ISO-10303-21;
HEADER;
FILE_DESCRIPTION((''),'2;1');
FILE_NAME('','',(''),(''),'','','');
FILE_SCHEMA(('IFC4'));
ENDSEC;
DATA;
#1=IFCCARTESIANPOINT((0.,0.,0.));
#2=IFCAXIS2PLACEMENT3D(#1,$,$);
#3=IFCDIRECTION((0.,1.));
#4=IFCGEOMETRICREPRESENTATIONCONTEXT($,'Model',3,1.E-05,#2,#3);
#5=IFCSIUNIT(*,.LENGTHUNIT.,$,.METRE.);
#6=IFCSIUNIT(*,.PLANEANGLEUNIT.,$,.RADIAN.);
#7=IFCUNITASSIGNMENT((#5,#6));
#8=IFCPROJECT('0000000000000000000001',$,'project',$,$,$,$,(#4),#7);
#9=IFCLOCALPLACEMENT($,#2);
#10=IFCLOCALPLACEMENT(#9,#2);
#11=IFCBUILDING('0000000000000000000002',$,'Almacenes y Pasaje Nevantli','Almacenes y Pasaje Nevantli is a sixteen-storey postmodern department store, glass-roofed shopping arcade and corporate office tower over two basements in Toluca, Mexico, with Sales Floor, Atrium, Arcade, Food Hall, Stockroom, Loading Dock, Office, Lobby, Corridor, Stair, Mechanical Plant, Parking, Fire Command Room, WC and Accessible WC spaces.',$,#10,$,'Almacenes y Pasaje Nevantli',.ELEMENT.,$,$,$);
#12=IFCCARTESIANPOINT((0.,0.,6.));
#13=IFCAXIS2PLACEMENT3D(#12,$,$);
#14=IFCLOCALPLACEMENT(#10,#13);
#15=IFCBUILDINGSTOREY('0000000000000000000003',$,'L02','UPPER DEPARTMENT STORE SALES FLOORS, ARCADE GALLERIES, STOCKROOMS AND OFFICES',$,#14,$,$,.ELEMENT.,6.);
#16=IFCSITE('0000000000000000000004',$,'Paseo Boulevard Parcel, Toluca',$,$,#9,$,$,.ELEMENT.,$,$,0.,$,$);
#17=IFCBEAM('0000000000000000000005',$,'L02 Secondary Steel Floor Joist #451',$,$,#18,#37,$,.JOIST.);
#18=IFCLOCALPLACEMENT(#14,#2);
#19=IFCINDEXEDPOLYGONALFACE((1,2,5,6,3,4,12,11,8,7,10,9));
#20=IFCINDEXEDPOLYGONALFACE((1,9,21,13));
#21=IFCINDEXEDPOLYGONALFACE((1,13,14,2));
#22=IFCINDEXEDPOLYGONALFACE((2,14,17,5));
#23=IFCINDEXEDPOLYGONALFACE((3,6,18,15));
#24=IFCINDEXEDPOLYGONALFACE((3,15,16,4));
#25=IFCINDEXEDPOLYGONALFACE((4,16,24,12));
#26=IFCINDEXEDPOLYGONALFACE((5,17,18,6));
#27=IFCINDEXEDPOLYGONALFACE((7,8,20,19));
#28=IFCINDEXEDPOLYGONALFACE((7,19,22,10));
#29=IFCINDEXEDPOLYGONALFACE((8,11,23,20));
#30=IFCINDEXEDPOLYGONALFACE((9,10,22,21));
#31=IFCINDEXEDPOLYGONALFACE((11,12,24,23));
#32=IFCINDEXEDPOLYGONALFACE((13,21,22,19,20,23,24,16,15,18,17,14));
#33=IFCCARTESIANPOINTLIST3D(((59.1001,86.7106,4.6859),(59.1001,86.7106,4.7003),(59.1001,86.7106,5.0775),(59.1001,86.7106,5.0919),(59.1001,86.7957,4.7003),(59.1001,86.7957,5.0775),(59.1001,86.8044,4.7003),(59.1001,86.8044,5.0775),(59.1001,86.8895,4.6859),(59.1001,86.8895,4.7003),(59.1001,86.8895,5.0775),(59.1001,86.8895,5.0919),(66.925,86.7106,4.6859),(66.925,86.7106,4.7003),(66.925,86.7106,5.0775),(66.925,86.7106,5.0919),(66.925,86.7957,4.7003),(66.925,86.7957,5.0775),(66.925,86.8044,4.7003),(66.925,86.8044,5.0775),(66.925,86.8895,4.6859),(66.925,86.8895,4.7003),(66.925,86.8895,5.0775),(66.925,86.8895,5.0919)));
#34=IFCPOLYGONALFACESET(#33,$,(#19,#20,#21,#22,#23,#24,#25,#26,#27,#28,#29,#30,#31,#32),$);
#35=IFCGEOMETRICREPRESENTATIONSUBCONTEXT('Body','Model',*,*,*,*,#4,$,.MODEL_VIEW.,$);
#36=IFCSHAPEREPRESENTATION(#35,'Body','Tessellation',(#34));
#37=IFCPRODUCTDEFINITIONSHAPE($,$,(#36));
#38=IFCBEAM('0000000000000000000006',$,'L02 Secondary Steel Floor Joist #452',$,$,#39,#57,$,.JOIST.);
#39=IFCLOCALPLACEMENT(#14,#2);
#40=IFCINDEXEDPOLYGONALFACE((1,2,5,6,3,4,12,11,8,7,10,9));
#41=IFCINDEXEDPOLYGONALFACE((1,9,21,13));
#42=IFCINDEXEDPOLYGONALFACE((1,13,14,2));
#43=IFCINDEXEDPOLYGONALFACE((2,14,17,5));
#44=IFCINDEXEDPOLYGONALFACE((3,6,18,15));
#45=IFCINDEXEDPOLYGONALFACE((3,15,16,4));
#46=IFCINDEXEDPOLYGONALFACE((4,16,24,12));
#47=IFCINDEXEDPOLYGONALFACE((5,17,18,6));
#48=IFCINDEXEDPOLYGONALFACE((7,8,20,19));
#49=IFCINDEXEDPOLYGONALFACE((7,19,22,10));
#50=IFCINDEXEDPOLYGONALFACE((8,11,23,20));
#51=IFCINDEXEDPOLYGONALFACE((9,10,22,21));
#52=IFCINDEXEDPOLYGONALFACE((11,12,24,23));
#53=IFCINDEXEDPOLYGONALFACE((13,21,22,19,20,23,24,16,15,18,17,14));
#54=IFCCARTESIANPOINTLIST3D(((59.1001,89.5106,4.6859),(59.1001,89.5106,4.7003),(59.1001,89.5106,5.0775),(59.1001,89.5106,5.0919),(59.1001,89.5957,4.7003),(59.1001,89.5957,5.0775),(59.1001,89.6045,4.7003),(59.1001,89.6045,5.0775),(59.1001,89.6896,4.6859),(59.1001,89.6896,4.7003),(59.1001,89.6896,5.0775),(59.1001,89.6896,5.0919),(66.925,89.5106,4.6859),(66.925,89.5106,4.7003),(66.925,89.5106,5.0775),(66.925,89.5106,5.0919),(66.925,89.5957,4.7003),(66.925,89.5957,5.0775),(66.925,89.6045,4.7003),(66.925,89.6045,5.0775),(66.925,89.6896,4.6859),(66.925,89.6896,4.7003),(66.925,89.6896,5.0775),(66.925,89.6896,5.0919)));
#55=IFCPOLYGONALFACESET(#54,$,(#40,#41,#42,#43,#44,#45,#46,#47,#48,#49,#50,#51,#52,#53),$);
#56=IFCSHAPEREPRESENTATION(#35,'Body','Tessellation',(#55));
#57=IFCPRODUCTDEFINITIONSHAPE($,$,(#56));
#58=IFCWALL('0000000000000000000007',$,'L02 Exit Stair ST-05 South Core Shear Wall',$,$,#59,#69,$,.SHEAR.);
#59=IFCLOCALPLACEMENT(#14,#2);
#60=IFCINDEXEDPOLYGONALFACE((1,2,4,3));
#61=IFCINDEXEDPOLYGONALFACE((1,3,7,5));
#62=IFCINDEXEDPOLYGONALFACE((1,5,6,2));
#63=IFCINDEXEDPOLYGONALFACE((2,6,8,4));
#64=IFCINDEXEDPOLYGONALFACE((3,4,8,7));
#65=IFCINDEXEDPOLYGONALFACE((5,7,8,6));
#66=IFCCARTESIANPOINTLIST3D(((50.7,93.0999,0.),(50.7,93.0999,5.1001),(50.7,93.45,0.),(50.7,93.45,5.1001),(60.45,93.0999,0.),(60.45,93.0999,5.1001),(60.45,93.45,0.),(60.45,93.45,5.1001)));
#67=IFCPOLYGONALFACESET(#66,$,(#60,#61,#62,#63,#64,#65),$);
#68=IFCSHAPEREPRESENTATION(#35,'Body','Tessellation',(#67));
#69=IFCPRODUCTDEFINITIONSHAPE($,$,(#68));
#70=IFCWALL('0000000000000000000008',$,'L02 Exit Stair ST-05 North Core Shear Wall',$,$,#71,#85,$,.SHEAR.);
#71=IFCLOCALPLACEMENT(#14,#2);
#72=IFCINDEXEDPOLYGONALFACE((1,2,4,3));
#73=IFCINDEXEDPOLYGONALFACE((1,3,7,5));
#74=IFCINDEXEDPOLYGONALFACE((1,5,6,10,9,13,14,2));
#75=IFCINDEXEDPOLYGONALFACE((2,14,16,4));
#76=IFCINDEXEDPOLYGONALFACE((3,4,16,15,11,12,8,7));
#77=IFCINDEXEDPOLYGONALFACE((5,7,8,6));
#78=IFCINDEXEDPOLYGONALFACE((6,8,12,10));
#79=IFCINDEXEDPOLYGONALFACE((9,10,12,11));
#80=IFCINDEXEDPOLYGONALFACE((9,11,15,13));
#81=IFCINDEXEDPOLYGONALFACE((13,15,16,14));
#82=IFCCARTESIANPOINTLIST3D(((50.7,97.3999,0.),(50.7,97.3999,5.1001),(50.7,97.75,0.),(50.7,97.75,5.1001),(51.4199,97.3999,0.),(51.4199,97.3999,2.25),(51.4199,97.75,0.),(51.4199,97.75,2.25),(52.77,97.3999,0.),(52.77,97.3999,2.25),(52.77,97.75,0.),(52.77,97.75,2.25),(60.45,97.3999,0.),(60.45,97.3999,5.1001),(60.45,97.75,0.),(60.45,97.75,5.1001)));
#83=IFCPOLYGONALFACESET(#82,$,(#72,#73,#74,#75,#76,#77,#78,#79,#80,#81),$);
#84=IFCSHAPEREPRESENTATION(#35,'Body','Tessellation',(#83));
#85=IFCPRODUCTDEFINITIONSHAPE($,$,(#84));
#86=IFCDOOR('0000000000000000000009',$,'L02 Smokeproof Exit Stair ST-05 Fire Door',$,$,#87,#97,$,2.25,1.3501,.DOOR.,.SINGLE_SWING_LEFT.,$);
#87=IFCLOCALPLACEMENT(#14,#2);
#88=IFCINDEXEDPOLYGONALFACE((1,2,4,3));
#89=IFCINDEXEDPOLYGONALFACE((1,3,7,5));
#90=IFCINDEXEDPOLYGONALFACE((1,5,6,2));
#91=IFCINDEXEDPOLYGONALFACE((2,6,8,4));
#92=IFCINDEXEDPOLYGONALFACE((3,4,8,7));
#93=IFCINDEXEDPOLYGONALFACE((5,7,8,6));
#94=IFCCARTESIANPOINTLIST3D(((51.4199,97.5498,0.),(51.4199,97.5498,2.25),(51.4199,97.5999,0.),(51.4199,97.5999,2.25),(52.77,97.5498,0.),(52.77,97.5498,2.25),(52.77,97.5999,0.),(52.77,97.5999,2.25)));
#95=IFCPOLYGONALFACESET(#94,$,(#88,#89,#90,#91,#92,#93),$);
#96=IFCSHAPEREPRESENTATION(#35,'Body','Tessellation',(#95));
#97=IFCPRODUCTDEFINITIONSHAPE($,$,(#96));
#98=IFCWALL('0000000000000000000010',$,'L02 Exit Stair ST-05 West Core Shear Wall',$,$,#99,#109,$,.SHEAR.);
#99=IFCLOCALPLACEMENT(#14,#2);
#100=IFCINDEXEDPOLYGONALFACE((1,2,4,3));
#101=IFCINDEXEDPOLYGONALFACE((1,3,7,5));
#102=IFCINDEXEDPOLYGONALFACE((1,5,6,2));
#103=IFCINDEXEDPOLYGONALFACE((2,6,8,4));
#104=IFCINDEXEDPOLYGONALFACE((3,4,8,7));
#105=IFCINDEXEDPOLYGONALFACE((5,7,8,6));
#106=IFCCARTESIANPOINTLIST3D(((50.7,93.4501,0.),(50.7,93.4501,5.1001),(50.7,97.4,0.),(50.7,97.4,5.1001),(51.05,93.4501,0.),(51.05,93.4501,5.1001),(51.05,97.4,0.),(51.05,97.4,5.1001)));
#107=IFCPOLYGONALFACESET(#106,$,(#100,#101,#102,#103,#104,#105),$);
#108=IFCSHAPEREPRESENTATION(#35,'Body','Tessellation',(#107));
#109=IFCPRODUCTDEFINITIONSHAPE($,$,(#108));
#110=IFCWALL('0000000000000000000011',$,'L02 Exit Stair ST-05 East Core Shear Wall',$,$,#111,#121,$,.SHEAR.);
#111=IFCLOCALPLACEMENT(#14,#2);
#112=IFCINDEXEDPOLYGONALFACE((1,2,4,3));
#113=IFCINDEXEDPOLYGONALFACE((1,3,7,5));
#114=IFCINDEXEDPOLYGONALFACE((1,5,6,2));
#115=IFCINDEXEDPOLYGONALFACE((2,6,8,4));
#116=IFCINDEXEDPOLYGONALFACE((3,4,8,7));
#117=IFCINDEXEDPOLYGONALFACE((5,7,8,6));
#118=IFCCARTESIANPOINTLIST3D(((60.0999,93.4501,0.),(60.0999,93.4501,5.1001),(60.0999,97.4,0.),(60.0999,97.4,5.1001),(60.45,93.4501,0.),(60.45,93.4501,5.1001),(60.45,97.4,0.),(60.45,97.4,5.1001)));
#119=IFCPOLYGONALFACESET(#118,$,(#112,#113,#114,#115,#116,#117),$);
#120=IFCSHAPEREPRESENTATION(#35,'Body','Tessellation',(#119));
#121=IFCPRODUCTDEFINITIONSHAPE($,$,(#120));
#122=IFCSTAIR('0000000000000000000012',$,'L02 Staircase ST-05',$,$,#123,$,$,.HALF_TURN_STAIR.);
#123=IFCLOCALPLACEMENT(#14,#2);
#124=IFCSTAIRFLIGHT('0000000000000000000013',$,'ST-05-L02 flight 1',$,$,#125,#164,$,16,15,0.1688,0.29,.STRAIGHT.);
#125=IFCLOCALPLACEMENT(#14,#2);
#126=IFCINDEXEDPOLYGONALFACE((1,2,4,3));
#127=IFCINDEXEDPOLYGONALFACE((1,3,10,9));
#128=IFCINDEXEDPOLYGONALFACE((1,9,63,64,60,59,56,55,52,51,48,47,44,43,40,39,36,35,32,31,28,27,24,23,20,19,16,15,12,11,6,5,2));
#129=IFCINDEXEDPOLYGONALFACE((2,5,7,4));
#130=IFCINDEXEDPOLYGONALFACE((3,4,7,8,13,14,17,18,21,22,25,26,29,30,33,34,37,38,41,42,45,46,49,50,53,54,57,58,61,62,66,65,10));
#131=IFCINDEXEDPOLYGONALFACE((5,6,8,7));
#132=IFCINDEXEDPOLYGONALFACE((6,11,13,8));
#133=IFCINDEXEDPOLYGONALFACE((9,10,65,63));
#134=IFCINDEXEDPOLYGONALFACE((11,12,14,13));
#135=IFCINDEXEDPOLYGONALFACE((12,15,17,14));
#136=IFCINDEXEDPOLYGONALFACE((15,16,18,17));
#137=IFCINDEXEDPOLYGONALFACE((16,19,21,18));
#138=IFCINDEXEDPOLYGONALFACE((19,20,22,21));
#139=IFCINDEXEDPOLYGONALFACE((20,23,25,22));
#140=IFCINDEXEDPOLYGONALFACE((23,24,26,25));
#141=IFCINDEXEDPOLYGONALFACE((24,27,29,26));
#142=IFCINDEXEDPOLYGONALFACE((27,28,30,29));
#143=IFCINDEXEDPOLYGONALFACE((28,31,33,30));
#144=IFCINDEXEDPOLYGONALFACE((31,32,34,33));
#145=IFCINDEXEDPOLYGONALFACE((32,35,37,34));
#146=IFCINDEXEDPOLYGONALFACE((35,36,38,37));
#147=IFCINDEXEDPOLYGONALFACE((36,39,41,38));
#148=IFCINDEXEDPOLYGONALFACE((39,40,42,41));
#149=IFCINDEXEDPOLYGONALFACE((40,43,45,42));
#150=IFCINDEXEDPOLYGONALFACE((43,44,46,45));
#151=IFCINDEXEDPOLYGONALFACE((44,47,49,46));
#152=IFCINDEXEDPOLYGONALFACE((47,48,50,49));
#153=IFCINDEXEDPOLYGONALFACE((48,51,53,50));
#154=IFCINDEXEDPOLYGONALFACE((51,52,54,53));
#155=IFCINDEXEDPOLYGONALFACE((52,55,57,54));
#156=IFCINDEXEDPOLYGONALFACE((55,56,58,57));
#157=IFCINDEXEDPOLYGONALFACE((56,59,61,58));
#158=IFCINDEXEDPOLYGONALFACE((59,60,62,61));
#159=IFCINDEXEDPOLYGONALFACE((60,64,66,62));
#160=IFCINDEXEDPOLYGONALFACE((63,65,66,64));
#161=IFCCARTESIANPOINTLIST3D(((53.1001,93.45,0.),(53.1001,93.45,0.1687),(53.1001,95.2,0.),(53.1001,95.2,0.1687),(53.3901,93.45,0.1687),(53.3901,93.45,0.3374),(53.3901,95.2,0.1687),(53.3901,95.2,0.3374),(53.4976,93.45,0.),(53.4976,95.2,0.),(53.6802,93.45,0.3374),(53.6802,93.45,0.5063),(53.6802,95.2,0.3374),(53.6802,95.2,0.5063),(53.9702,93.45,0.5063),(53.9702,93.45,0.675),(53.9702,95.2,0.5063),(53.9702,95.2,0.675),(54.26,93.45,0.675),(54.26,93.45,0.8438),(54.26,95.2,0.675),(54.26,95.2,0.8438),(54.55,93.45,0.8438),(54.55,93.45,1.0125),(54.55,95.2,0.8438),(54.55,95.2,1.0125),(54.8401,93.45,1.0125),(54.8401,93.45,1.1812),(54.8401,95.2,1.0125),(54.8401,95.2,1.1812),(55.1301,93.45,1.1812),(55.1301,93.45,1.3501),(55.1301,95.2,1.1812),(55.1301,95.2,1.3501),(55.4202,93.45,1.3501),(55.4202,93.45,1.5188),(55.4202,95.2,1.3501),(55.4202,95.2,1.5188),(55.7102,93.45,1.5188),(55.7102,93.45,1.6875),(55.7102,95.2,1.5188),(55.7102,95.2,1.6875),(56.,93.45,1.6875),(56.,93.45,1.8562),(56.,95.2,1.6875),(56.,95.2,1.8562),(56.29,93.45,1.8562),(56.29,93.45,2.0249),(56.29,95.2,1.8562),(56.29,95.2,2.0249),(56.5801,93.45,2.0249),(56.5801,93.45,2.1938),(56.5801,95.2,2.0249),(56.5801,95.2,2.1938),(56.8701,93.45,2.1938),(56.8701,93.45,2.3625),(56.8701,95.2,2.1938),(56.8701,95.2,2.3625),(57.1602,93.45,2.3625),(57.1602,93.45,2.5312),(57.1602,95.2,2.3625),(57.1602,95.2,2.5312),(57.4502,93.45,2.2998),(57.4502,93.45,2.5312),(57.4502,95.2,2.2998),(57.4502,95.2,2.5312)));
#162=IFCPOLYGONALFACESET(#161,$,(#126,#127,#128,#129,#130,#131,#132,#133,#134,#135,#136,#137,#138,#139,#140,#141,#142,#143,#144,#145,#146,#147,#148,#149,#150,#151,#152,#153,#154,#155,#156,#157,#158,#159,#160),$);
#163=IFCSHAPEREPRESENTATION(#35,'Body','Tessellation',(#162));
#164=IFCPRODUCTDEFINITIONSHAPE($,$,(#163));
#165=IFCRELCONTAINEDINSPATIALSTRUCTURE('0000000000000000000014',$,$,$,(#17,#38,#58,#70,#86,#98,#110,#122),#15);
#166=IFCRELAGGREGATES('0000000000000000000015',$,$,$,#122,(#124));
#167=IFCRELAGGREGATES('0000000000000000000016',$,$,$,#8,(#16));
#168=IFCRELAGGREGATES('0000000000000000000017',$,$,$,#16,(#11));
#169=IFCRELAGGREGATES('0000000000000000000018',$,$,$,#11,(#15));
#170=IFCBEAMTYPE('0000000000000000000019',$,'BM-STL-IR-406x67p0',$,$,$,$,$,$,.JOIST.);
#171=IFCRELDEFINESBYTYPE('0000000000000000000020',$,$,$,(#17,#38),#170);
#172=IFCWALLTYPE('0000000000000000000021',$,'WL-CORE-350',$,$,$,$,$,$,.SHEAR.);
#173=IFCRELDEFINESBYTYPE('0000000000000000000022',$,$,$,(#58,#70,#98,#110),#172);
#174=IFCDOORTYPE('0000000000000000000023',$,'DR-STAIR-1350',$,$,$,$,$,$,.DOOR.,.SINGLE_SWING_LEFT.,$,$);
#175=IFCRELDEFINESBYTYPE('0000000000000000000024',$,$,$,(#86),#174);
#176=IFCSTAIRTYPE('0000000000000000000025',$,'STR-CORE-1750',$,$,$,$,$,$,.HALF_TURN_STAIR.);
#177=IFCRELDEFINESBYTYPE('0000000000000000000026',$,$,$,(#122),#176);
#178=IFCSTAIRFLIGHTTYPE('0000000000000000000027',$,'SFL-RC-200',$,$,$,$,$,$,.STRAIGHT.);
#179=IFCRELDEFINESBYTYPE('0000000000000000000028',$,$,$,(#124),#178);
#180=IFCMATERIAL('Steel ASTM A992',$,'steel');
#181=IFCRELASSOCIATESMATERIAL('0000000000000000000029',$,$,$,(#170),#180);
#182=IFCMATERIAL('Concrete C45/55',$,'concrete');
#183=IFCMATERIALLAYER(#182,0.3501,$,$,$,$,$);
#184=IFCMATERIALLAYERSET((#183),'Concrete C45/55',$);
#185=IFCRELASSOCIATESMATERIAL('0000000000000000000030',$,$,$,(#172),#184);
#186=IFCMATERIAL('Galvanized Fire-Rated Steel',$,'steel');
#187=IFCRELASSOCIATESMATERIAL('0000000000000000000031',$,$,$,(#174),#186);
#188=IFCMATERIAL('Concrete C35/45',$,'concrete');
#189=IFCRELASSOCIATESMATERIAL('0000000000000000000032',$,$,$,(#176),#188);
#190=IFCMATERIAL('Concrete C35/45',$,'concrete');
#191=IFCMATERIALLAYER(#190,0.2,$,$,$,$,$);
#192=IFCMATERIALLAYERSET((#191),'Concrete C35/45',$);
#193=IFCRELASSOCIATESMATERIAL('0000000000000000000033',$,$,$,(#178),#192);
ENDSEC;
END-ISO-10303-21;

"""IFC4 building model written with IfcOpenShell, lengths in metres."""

from ifc_helpers import new_model, si_unit, direction, frame, frame_2d, origin, origin_2d, place, context, subcontext, project, spatial, polyline, rectangle, i_section, outline, extrude, material, layer, layer_set, material_profile, profile_set, type_object, element, fill, aggregate, save


model = new_model("IFC4")

# Units and contexts
model_context = context("Model", 3, precision=1e-05, world=origin(), true_north=direction((0.0, 1.0)))
body_context = subcontext(model_context, "Body", "Model", "MODEL_VIEW")
ifc_project = project(units=[si_unit("LENGTHUNIT", "METRE"), si_unit("PLANEANGLEUNIT", "RADIAN")], contexts=[model_context])

# Site, building, storey
site_placement = place(None, origin())
site = spatial("IfcSite", under=ifc_project, at=site_placement, Name="Paseo Boulevard Parcel, Toluca", CompositionType="ELEMENT", RefElevation=0.0)
building_placement = place(site_placement, origin())
building = spatial("IfcBuilding", under=site, at=building_placement, Name="Almacenes y Pasaje Nevantli", Description="Almacenes y Pasaje Nevantli is a sixteen-storey postmodern department store, glass-roofed shopping arcade and corporate office tower over two basements in Toluca, Mexico, with Sales Floor, Atrium, Arcade, Food Hall, Stockroom, Loading Dock, Office, Lobby, Corridor, Stair, Mechanical Plant, Parking, Fire Command Room, WC and Accessible WC spaces.", LongName="Almacenes y Pasaje Nevantli", CompositionType="ELEMENT")
storey_placement = place(building_placement, frame((0.0, 0.0, 6.0)))
storey = spatial("IfcBuildingStorey", under=building, at=storey_placement, Name="L02", Description="UPPER DEPARTMENT STORE SALES FLOORS, ARCADE GALLERIES, STOCKROOMS AND OFFICES", CompositionType="ELEMENT", Elevation=6.0)

# Beams
ifc_material_1 = material(Name="Steel ASTM A992", Category="steel")
ifc_material_profile_1 = material_profile(ifc_material_1, i_section(OverallWidth=0.179, OverallDepth=0.406, WebThickness=0.0088, FlangeThickness=0.0144, at=origin_2d()), Name="IR 406x67.0")
ifc_profile_set_1 = profile_set([ifc_material_profile_1], Name="Steel ASTM A992")
beam_type_1 = type_object("IfcBeamType", Name="BM-STL-IR-406x67p0", PredefinedType="JOIST", material=ifc_profile_set_1)
for number, where, z_axis, x_axis, name in (
    (1, (59.1001, 86.8, 4.8889), (1.0, 0.0, 0.0), (0.0, 1.0, 0.0), "L02 Secondary Steel Floor Joist #451"),
    (2, (59.1001, 89.6001, 4.8889), (1.0, 0.0, 0.0), (0.0, 1.0, 0.0), "L02 Secondary Steel Floor Joist #452"),
):
    element("IfcBeam", number, at=place(storey_placement, frame(where, z_axis=z_axis, x_axis=x_axis)), inside=storey, type_object=beam_type_1, Name=name, PredefinedType="JOIST", context=body_context, shape_type="SweptSolid", body=[
        extrude(i_section(OverallWidth=0.179, OverallDepth=0.406, WebThickness=0.0088, FlangeThickness=0.0144, at=origin_2d()), origin(), (0.0, 0.0, 1.0), 7.825),
    ])

# Wall
ifc_material_2 = material(Name="Concrete C45/55", Category="concrete")
ifc_layer_1 = layer(ifc_material_2, 0.3501)
ifc_layer_set_1 = layer_set([ifc_layer_1], Name="Concrete C45/55")
wall_type = type_object("IfcWallType", Name="WL-CORE-350", PredefinedType="SHEAR", material=ifc_layer_set_1)
wall_1_placement = place(storey_placement, frame((50.7, 93.2749, 0.0), z_axis=(0.0, 0.0, 1.0), x_axis=(1.0, 0.0, 0.0)))
element("IfcWall", 3, at=wall_1_placement, inside=storey, type_object=wall_type, Name="L02 Exit Stair ST-05 South Core Shear Wall", PredefinedType="SHEAR", context=body_context, shape_type="SweptSolid", body=[
    extrude(rectangle(XDim=9.75, YDim=0.3501, at=frame_2d((4.875, 0.0))), origin(), (0.0, 0.0, 1.0), 5.1001),
])

# Wall, opening, door
wall_2_placement = place(storey_placement, frame((50.7, 97.575, 0.0), z_axis=(0.0, 0.0, 1.0), x_axis=(1.0, 0.0, 0.0)))
wall_2 = element("IfcWall", 4, at=wall_2_placement, inside=storey, type_object=wall_type, Name="L02 Exit Stair ST-05 North Core Shear Wall", PredefinedType="SHEAR", context=body_context, shape_type="SweptSolid", body=[
    extrude(rectangle(XDim=9.75, YDim=0.3501, at=frame_2d((4.875, 0.0))), origin(), (0.0, 0.0, 1.0), 5.1001),
])
opening_placement = place(wall_2_placement, frame((0.72, 0.0, 0.0)))
opening = element("IfcOpeningElement", 5, at=opening_placement, cuts=wall_2, PredefinedType="OPENING", context=body_context, shape_type="SweptSolid", body=[
    extrude(rectangle(XDim=1.3501, YDim=2.25, at=frame_2d((0.675, 1.125))), frame((0.0, 0.1851, 0.0), z_axis=(0.0, -1.0, 0.0), x_axis=(1.0, 0.0, 0.0)), (0.0, 0.0, 1.0), 0.3701),
])
ifc_material_3 = material(Name="Galvanized Fire-Rated Steel", Category="steel")
door_type = type_object("IfcDoorType", Name="DR-STAIR-1350", OperationType="SINGLE_SWING_LEFT", PredefinedType="DOOR", material=ifc_material_3)
door_placement = place(opening_placement, origin())
door = element("IfcDoor", 6, at=door_placement, inside=storey, type_object=door_type, Name="L02 Smokeproof Exit Stair ST-05 Fire Door", OperationType="SINGLE_SWING_LEFT", OverallHeight=2.25, OverallWidth=1.3501, PredefinedType="DOOR", context=body_context, shape_type="SweptSolid", body=[
    extrude(rectangle(XDim=1.3501, YDim=2.25, at=frame_2d((0.675, 1.125))), frame((0.0, 0.0249, 0.0), z_axis=(0.0, -1.0, 0.0), x_axis=(1.0, 0.0, 0.0)), (0.0, 0.0, 1.0), 0.05),
])
fill(opening, door)

# Walls
for number, where, z_axis, x_axis, name in (
    (7, (50.875, 93.45, 0.0), (0.0, 0.0, 1.0), (0.0, 1.0, 0.0), "L02 Exit Stair ST-05 West Core Shear Wall"),
    (8, (60.2749, 93.45, 0.0), (0.0, 0.0, 1.0), (0.0, 1.0, 0.0), "L02 Exit Stair ST-05 East Core Shear Wall"),
):
    element("IfcWall", number, at=place(storey_placement, frame(where, z_axis=z_axis, x_axis=x_axis)), inside=storey, type_object=wall_type, Name=name, PredefinedType="SHEAR", context=body_context, shape_type="SweptSolid", body=[
        extrude(rectangle(XDim=3.95, YDim=0.3501, at=frame_2d((1.9751, 0.0))), origin(), (0.0, 0.0, 1.0), 5.1001),
    ])

# Stair, stair flight
ifc_material_4 = material(Name="Concrete C35/45", Category="concrete")
stair_type = type_object("IfcStairType", Name="STR-CORE-1750", PredefinedType="HALF_TURN_STAIR", material=ifc_material_4)
stair_placement = place(storey_placement, origin())
stair = element("IfcStair", 9, at=stair_placement, inside=storey, type_object=stair_type, Name="L02 Staircase ST-05", PredefinedType="HALF_TURN_STAIR")
ifc_material_5 = material(Name="Concrete C35/45", Category="concrete")
ifc_layer_2 = layer(ifc_material_5, 0.2)
ifc_layer_set_2 = layer_set([ifc_layer_2], Name="Concrete C35/45")
stair_flight_type = type_object("IfcStairFlightType", Name="SFL-RC-200", PredefinedType="STRAIGHT", material=ifc_layer_set_2)
stair_flight_1_placement = place(storey_placement, frame((53.1001, 94.325, 0.0), z_axis=(0.0, 0.0, 1.0), x_axis=(1.0, 0.0, 0.0)))
stair_flight_1 = element("IfcStairFlight", 10, at=stair_flight_1_placement, type_object=stair_flight_type, Name="ST-05-L02 flight 1", NumberOfRisers=16, NumberOfTreads=15, PredefinedType="STRAIGHT", RiserHeight=0.1688, TreadLength=0.29, context=body_context, shape_type="SweptSolid", body=[
    extrude(outline(polyline([(0.0, 0.0), (0.0, 0.1687), (0.29, 0.1687), (0.29, 0.3374), (0.5801, 0.3374), (0.5801, 0.5063), (0.8701, 0.5063), (0.8701, 0.675), (1.1599, 0.675), (1.1599, 0.8438), (1.45, 0.8438), (1.45, 1.0125), (1.74, 1.0125), (1.74, 1.1812), (2.03, 1.1812), (2.03, 1.3501), (2.3201, 1.3501), (2.3201, 1.5188), (2.6101, 1.5188), (2.6101, 1.6875), (2.8999, 1.6875), (2.8999, 1.8562), (3.1899, 1.8562), (3.1899, 2.0249), (3.48, 2.0249), (3.48, 2.1938), (3.77, 2.1938), (3.77, 2.3625), (4.0601, 2.3625), (4.0601, 2.5312), (4.3501, 2.5312), (4.3501, 2.7), (4.3501, 2.2998), (0.3975, 0.0), (0.0, 0.0)])), frame((0.0, 0.875, 0.0), z_axis=(0.0, -1.0, 0.0), x_axis=(1.0, 0.0, 0.0)), (0.0, 0.0, 1.0), 1.75),
])
aggregate(stair, [stair_flight_1])

save(model, "model.ifc")
